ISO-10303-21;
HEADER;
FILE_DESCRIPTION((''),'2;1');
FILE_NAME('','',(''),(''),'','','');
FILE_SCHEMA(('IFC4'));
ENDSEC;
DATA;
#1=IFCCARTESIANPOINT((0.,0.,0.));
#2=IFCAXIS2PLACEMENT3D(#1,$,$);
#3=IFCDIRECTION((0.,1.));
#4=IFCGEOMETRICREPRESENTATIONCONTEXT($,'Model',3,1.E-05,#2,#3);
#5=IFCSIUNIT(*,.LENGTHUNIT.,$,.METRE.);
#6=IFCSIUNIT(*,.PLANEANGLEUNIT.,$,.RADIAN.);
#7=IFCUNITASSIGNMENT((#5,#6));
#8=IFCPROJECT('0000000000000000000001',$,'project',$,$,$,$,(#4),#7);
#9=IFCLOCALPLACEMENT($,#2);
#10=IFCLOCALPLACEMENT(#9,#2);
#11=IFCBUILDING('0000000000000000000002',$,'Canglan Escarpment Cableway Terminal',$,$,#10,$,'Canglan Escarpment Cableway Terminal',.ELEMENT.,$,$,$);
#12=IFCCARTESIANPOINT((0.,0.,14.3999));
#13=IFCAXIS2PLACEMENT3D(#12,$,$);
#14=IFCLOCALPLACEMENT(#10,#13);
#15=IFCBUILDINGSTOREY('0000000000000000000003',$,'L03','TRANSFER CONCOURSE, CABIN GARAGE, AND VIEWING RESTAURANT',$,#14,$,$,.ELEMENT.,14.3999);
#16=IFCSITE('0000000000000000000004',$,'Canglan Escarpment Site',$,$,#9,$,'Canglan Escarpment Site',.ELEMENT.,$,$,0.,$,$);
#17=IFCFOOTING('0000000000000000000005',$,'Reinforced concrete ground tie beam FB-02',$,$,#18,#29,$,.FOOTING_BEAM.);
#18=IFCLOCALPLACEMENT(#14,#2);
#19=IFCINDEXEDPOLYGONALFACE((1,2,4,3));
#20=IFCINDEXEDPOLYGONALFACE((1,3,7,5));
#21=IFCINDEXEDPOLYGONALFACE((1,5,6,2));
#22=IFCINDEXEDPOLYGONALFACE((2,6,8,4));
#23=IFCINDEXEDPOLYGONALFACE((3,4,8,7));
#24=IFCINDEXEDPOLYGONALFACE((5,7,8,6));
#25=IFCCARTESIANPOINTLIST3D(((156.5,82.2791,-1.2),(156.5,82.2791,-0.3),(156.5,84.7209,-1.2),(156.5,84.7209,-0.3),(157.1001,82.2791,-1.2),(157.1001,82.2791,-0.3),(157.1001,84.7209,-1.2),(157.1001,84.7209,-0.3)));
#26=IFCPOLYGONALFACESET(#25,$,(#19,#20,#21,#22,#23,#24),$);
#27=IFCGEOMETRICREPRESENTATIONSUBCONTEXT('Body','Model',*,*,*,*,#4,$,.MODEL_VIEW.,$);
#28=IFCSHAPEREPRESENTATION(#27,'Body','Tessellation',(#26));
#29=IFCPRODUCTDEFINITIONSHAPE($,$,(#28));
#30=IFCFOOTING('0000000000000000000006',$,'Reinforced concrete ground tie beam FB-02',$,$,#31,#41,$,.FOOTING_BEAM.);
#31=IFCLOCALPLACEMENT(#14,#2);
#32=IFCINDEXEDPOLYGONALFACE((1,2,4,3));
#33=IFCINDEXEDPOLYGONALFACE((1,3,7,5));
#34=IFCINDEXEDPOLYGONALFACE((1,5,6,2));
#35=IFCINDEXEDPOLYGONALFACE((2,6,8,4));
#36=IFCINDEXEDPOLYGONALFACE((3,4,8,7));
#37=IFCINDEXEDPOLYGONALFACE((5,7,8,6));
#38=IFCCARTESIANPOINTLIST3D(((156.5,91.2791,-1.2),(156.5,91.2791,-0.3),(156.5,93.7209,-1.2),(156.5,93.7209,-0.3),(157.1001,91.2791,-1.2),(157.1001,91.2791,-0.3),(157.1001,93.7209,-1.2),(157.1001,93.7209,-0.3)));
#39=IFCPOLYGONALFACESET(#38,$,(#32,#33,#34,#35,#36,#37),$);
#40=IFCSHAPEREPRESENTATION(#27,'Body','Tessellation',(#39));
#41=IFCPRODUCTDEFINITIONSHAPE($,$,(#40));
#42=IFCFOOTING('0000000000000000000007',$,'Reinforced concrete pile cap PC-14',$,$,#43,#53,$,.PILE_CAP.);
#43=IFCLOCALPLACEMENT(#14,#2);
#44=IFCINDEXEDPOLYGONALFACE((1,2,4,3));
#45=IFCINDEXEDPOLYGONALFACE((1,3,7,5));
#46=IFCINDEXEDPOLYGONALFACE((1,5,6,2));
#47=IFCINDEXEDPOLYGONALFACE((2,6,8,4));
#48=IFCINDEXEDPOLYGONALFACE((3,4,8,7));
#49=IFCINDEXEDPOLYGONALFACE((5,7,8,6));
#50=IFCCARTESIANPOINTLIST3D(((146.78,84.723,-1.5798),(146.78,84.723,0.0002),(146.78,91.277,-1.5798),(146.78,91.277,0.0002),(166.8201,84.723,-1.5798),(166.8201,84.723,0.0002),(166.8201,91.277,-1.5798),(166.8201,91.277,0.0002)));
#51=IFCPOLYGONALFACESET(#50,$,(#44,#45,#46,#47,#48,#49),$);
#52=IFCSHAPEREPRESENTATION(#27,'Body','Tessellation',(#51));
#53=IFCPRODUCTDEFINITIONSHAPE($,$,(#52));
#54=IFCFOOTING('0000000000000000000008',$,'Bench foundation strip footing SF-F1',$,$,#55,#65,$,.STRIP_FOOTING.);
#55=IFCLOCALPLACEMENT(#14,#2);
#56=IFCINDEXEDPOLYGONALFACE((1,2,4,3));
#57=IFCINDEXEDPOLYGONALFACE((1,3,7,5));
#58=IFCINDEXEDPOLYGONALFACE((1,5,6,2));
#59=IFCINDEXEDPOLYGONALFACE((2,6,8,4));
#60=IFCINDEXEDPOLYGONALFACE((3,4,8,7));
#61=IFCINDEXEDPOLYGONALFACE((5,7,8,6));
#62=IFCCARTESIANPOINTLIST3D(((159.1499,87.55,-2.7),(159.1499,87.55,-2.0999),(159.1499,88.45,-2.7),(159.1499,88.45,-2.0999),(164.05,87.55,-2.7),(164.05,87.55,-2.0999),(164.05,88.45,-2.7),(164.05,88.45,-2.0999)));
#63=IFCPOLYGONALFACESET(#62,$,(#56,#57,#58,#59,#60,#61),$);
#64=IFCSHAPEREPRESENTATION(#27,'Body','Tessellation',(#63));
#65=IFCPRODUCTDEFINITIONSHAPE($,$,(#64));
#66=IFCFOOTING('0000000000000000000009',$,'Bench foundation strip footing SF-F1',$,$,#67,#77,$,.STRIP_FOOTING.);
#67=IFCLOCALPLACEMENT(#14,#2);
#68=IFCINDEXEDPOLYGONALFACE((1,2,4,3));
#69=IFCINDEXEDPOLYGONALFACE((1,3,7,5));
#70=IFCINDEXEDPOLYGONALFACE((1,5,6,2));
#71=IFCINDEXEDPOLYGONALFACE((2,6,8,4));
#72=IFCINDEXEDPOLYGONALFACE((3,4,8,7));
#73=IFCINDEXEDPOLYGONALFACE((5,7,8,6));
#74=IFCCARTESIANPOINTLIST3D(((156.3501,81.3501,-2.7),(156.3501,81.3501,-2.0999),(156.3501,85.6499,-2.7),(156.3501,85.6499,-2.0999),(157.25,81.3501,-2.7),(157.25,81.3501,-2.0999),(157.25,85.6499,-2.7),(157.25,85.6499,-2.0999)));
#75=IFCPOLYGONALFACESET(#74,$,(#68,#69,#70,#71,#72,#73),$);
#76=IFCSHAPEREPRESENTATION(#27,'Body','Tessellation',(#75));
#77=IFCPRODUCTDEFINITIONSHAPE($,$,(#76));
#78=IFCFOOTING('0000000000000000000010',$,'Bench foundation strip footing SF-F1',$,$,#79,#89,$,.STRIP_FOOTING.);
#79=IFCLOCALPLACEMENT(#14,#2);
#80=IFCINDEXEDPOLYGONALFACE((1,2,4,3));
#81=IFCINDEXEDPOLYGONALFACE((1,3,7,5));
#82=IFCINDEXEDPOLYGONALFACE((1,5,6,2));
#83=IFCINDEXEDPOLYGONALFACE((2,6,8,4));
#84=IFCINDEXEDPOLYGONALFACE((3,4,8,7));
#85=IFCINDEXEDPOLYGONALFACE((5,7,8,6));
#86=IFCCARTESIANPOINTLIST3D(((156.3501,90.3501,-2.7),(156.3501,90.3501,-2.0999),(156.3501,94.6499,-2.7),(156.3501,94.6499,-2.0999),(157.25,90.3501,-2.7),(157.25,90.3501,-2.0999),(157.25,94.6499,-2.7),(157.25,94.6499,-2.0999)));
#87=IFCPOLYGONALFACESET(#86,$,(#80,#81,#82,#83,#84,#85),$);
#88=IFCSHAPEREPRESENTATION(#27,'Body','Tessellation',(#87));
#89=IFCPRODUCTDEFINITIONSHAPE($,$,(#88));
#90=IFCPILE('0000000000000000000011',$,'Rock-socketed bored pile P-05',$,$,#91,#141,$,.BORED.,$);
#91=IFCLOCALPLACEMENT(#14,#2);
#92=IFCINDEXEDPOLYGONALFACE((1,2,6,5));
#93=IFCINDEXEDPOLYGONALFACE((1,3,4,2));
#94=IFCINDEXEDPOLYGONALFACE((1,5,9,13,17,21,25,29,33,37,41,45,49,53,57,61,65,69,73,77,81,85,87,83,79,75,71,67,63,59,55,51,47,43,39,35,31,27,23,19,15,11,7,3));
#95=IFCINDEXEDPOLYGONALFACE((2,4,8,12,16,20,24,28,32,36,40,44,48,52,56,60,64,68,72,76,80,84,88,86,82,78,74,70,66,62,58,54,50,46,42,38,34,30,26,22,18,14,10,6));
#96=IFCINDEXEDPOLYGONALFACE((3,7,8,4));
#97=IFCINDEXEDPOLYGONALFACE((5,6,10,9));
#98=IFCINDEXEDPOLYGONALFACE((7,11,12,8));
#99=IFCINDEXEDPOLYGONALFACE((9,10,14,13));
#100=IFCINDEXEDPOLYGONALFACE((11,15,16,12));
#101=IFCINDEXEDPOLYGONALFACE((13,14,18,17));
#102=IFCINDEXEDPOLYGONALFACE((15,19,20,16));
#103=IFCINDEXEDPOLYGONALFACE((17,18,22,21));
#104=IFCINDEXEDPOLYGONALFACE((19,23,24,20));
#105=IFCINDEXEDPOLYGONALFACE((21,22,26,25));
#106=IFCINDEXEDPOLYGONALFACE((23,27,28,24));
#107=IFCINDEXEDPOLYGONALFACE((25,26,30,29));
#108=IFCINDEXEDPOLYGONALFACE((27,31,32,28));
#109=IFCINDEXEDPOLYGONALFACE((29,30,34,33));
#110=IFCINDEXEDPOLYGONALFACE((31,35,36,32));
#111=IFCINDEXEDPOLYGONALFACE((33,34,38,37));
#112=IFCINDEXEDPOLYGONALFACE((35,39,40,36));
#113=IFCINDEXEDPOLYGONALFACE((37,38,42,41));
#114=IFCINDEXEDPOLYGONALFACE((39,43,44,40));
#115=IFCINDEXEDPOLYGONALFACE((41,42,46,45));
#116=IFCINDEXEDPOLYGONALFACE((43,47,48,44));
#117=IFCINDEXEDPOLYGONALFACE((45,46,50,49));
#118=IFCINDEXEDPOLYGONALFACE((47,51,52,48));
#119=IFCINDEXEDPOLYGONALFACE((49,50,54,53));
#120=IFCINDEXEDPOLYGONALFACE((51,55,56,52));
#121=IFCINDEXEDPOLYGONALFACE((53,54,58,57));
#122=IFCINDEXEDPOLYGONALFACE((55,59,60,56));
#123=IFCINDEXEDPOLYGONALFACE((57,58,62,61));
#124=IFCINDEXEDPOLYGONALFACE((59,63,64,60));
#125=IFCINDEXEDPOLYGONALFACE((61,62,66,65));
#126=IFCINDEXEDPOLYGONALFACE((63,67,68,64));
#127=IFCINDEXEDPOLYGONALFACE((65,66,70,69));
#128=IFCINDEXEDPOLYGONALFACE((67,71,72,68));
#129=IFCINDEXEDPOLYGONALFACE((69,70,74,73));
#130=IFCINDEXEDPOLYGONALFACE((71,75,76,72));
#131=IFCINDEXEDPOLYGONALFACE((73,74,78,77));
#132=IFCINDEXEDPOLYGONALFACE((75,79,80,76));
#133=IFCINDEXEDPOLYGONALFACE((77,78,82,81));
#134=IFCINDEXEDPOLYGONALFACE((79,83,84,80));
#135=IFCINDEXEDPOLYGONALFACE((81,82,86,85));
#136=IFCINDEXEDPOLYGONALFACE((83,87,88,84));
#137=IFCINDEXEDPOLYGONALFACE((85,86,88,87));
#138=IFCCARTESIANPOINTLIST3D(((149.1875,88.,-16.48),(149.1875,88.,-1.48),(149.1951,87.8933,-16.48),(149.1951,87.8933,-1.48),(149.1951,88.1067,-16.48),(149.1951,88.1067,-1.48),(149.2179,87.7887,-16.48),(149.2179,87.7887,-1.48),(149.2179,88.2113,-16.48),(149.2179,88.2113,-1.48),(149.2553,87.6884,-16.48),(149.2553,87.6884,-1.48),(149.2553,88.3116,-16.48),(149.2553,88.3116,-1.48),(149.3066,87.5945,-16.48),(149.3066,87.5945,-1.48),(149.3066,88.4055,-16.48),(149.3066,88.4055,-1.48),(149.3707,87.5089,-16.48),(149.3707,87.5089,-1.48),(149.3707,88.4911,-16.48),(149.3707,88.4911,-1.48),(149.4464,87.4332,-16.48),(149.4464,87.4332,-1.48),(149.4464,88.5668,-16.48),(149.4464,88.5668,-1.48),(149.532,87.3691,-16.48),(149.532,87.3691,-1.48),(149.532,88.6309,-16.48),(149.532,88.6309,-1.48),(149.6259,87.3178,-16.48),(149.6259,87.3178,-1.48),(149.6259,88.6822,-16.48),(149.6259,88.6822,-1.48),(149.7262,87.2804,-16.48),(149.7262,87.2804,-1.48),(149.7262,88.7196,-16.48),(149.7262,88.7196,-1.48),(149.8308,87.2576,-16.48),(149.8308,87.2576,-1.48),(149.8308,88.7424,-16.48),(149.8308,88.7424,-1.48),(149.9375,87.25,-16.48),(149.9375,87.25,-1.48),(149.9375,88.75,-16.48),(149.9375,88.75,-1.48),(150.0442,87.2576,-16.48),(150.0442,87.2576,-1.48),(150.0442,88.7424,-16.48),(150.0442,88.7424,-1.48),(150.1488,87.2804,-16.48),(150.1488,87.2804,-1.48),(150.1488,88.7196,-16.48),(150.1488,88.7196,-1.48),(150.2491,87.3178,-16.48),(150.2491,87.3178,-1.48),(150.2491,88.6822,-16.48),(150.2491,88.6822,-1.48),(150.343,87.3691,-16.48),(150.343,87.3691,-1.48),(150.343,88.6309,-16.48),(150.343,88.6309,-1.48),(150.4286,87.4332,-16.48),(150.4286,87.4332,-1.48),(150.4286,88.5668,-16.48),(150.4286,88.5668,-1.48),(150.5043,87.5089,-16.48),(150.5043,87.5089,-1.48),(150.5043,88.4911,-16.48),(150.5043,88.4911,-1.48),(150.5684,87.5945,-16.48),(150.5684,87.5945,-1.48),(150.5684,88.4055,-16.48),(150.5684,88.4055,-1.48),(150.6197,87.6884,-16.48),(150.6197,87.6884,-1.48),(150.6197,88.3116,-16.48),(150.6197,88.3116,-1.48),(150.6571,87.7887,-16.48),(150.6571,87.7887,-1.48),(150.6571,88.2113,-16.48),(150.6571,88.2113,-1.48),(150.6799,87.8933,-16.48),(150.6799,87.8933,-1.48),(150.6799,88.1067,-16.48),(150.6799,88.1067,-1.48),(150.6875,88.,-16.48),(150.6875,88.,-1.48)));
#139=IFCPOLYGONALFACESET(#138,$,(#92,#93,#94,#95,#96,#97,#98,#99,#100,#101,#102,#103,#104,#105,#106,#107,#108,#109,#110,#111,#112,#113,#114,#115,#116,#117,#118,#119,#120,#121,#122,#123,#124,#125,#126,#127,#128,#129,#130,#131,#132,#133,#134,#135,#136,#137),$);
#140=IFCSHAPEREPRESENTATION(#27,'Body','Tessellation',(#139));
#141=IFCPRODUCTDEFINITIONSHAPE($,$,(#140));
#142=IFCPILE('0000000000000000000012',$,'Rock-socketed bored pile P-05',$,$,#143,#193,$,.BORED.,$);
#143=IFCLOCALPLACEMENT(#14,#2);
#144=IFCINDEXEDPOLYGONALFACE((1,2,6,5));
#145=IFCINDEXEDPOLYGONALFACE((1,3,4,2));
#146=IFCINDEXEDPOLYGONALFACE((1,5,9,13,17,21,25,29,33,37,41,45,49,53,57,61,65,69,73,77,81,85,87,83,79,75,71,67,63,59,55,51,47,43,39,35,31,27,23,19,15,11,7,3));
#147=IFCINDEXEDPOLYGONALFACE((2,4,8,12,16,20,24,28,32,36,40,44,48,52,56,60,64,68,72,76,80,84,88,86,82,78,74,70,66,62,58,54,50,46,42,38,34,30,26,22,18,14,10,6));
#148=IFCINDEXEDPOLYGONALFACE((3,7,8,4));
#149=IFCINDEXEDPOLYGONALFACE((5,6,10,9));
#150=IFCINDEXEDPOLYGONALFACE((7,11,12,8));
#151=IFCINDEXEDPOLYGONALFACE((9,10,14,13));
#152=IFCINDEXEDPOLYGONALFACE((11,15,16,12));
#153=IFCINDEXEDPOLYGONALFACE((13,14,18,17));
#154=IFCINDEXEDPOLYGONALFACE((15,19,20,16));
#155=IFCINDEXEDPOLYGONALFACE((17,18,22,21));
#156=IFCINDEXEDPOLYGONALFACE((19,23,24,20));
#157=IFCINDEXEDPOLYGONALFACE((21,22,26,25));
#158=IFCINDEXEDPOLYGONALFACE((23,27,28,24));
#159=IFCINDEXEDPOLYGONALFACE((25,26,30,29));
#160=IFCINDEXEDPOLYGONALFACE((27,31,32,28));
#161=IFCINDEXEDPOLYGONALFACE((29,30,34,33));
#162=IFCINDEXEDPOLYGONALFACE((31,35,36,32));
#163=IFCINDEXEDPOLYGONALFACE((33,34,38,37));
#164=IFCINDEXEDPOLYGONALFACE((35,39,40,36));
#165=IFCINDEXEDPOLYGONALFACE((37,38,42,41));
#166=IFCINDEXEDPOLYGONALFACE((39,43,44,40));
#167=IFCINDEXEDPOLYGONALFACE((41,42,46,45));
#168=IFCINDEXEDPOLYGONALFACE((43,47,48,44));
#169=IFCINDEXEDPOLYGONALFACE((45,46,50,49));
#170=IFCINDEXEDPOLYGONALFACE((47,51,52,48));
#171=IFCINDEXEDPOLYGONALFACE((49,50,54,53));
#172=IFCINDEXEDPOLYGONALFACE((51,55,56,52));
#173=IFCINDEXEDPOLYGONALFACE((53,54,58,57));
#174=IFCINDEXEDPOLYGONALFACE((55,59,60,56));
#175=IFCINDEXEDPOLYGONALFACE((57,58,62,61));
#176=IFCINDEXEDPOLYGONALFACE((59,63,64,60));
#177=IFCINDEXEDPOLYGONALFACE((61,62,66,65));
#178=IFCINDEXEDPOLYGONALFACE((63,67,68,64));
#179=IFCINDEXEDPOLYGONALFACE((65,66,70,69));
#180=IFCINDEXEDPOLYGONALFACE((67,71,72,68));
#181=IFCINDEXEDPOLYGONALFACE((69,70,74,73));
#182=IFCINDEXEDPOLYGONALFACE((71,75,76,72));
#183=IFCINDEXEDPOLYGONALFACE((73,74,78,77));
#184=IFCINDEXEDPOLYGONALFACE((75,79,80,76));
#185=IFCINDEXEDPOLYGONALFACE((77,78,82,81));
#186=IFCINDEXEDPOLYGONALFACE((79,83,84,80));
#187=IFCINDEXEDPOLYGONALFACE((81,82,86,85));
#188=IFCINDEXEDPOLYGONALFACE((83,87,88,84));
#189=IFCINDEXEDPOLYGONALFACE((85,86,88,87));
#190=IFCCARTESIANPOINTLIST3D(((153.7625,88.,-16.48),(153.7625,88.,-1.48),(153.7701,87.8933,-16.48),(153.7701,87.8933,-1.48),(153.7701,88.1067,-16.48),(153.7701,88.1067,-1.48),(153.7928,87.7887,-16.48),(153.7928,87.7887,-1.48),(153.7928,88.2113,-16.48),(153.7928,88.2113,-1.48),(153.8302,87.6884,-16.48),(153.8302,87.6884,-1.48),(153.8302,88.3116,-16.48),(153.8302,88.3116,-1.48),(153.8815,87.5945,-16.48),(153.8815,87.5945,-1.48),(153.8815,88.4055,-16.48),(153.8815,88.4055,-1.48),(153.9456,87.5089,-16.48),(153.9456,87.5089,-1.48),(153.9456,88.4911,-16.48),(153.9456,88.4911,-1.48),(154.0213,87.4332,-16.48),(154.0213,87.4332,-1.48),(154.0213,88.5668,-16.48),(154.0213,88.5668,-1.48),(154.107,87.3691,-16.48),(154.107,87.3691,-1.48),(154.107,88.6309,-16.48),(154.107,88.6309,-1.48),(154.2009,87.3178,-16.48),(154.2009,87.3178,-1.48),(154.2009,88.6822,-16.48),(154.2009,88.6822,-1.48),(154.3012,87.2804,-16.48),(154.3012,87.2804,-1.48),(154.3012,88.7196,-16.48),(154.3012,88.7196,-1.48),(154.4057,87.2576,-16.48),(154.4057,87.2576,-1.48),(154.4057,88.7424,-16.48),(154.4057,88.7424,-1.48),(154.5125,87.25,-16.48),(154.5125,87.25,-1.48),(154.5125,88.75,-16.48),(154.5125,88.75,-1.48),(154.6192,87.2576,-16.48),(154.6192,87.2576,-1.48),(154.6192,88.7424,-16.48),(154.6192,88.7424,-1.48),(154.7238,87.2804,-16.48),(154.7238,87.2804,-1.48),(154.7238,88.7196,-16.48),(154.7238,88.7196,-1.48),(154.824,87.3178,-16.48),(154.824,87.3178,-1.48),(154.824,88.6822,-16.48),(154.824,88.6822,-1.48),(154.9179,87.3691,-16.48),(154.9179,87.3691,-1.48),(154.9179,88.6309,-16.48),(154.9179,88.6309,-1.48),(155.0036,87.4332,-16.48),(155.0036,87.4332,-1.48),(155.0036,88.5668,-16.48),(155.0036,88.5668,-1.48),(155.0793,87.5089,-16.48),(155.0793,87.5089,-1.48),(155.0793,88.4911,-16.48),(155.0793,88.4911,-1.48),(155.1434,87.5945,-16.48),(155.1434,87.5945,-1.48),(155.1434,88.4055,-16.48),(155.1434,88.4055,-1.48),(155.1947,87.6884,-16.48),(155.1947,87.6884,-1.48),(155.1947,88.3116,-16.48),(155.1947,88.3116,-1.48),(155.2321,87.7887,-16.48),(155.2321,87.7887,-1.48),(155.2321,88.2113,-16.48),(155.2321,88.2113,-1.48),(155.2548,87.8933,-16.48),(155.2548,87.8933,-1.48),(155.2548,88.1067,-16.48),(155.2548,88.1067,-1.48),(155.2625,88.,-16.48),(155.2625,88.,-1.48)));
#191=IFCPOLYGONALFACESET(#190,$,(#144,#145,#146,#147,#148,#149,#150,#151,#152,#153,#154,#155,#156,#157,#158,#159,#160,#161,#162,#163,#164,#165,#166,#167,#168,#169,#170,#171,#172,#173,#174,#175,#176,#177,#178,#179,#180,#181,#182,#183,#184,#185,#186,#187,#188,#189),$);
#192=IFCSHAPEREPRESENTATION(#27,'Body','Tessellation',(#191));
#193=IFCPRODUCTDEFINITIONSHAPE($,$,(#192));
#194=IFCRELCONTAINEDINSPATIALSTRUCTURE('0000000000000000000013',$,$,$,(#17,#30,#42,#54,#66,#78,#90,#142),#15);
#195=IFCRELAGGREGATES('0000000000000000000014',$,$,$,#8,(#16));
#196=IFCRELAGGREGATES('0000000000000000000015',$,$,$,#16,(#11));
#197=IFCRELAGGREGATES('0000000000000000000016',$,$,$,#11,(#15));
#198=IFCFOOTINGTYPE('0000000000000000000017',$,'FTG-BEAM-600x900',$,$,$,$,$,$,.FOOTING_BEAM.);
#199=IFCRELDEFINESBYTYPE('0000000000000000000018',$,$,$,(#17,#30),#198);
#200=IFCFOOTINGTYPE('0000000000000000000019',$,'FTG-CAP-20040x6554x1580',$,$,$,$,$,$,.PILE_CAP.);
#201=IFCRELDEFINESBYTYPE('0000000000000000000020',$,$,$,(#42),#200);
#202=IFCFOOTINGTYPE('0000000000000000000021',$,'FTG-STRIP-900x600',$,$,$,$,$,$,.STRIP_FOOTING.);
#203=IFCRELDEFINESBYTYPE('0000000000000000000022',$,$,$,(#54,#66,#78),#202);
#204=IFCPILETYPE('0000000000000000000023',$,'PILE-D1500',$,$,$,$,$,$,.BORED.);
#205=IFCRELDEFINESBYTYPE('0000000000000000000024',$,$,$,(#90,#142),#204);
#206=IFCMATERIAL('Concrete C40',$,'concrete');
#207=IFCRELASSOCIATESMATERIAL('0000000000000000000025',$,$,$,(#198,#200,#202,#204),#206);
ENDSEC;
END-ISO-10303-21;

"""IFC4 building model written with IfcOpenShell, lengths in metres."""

from ifc_helpers import new_model, si_unit, direction, frame, origin, origin_2d, place, context, subcontext, project, spatial, rectangle, circle, extrude, material, material_profile, profile_set, type_object, element, save


model = new_model("IFC4")

# Units and contexts
model_context = context("Model", 3, precision=1e-05, world=origin(), true_north=direction((0.0, 1.0)))
body_context = subcontext(model_context, "Body", "Model", "MODEL_VIEW")
ifc_project = project(units=[si_unit("LENGTHUNIT", "METRE"), si_unit("PLANEANGLEUNIT", "RADIAN")], contexts=[model_context])

# Site, building, storey
site_placement = place(None, origin())
site = spatial("IfcSite", under=ifc_project, at=site_placement, Name="Canglan Escarpment Site", LongName="Canglan Escarpment Site", CompositionType="ELEMENT", RefElevation=0.0)
building_placement = place(site_placement, origin())
building = spatial("IfcBuilding", under=site, at=building_placement, Name="Canglan Escarpment Cableway Terminal", LongName="Canglan Escarpment Cableway Terminal", CompositionType="ELEMENT")
storey_placement = place(building_placement, frame((0.0, 0.0, 14.3999)))
storey = spatial("IfcBuildingStorey", under=building, at=storey_placement, Name="L03", Description="TRANSFER CONCOURSE, CABIN GARAGE, AND VIEWING RESTAURANT", CompositionType="ELEMENT", Elevation=14.3999)

# Footings
ifc_material_1 = material(Name="Concrete C40", Category="concrete")
ifc_material_profile_1 = material_profile(ifc_material_1, rectangle(XDim=0.6001, YDim=0.8999, at=origin_2d()), Name="FB 600x900")
ifc_profile_set_1 = profile_set([ifc_material_profile_1], Name="Concrete C40")
footing_type_1 = type_object("IfcFootingType", Name="FTG-BEAM-600x900", PredefinedType="FOOTING_BEAM", material=ifc_profile_set_1)
for number, where, z_axis, x_axis, name in (
    (1, (156.8, 82.2791, -0.75), (0.0, 1.0, 0.0), (-1.0, 0.0, 0.0), "Reinforced concrete ground tie beam FB-02"),
    (2, (156.8, 91.2791, -0.75), (0.0, 1.0, 0.0), (-1.0, 0.0, 0.0), "Reinforced concrete ground tie beam FB-02"),
):
    element("IfcFooting", number, at=place(storey_placement, frame(where, z_axis=z_axis, x_axis=x_axis)), inside=storey, type_object=footing_type_1, Name=name, PredefinedType="FOOTING_BEAM", context=body_context, shape_type="SweptSolid", body=[
        extrude(rectangle(XDim=0.6001, YDim=0.8999, at=origin_2d()), origin(), (0.0, 0.0, 1.0), 2.4419),
    ])
footing_type_2 = type_object("IfcFootingType", Name="FTG-CAP-20040x6554x1580", PredefinedType="PILE_CAP", material=ifc_material_1)
footing_1_placement = place(storey_placement, frame((156.8, 88.0, -1.5798), z_axis=(0.0, 0.0, 1.0), x_axis=(1.0, 0.0, 0.0)))
element("IfcFooting", 3, at=footing_1_placement, inside=storey, type_object=footing_type_2, Name="Reinforced concrete pile cap PC-14", PredefinedType="PILE_CAP", context=body_context, shape_type="SweptSolid", body=[
    extrude(rectangle(XDim=20.04, YDim=6.554, at=origin_2d()), origin(), (0.0, 0.0, 1.0), 1.5801),
])
ifc_material_profile_2 = material_profile(ifc_material_1, rectangle(XDim=0.8999, YDim=0.6001, at=origin_2d()), Name="SF 900x600")
ifc_profile_set_2 = profile_set([ifc_material_profile_2], Name="Concrete C40")
footing_type_3 = type_object("IfcFootingType", Name="FTG-STRIP-900x600", PredefinedType="STRIP_FOOTING", material=ifc_profile_set_2)
footing_2_placement = place(storey_placement, frame((159.1499, 88.0, -2.3999), z_axis=(1.0, 0.0, 0.0), x_axis=(0.0, 1.0, 0.0)))
element("IfcFooting", 4, at=footing_2_placement, inside=storey, type_object=footing_type_3, Name="Bench foundation strip footing SF-F1", PredefinedType="STRIP_FOOTING", context=body_context, shape_type="SweptSolid", body=[
    extrude(rectangle(XDim=0.8999, YDim=0.6001, at=origin_2d()), origin(), (0.0, 0.0, 1.0), 4.9001),
])
for number, where, z_axis, x_axis, name in (
    (5, (156.8, 81.3501, -2.3999), (0.0, 1.0, 0.0), (-1.0, 0.0, 0.0), "Bench foundation strip footing SF-F1"),
    (6, (156.8, 90.3501, -2.3999), (0.0, 1.0, 0.0), (-1.0, 0.0, 0.0), "Bench foundation strip footing SF-F1"),
):
    element("IfcFooting", number, at=place(storey_placement, frame(where, z_axis=z_axis, x_axis=x_axis)), inside=storey, type_object=footing_type_3, Name=name, PredefinedType="STRIP_FOOTING", context=body_context, shape_type="SweptSolid", body=[
        extrude(rectangle(XDim=0.8999, YDim=0.6001, at=origin_2d()), origin(), (0.0, 0.0, 1.0), 4.2998),
    ])

# Piles
ifc_material_profile_3 = material_profile(ifc_material_1, circle(Radius=0.75, at=origin_2d()), Name="BORED PILE D1500")
ifc_profile_set_3 = profile_set([ifc_material_profile_3], Name="Concrete C40")
pile_type = type_object("IfcPileType", Name="PILE-D1500", PredefinedType="BORED", material=ifc_profile_set_3)
for number, where, z_axis, x_axis, name in (
    (7, (149.9375, 88.0, -1.48), (0.0, 0.0, -1.0), (1.0, 0.0, 0.0), "Rock-socketed bored pile P-05"),
    (8, (154.5125, 88.0, -1.48), (0.0, 0.0, -1.0), (1.0, 0.0, 0.0), "Rock-socketed bored pile P-05"),
):
    element("IfcPile", number, at=place(storey_placement, frame(where, z_axis=z_axis, x_axis=x_axis)), inside=storey, type_object=pile_type, Name=name, PredefinedType="BORED", context=body_context, shape_type="SweptSolid", body=[
        extrude(circle(Radius=0.75, at=origin_2d()), origin(), (0.0, 0.0, 1.0), 15.0),
    ])

save(model, "model.ifc")
